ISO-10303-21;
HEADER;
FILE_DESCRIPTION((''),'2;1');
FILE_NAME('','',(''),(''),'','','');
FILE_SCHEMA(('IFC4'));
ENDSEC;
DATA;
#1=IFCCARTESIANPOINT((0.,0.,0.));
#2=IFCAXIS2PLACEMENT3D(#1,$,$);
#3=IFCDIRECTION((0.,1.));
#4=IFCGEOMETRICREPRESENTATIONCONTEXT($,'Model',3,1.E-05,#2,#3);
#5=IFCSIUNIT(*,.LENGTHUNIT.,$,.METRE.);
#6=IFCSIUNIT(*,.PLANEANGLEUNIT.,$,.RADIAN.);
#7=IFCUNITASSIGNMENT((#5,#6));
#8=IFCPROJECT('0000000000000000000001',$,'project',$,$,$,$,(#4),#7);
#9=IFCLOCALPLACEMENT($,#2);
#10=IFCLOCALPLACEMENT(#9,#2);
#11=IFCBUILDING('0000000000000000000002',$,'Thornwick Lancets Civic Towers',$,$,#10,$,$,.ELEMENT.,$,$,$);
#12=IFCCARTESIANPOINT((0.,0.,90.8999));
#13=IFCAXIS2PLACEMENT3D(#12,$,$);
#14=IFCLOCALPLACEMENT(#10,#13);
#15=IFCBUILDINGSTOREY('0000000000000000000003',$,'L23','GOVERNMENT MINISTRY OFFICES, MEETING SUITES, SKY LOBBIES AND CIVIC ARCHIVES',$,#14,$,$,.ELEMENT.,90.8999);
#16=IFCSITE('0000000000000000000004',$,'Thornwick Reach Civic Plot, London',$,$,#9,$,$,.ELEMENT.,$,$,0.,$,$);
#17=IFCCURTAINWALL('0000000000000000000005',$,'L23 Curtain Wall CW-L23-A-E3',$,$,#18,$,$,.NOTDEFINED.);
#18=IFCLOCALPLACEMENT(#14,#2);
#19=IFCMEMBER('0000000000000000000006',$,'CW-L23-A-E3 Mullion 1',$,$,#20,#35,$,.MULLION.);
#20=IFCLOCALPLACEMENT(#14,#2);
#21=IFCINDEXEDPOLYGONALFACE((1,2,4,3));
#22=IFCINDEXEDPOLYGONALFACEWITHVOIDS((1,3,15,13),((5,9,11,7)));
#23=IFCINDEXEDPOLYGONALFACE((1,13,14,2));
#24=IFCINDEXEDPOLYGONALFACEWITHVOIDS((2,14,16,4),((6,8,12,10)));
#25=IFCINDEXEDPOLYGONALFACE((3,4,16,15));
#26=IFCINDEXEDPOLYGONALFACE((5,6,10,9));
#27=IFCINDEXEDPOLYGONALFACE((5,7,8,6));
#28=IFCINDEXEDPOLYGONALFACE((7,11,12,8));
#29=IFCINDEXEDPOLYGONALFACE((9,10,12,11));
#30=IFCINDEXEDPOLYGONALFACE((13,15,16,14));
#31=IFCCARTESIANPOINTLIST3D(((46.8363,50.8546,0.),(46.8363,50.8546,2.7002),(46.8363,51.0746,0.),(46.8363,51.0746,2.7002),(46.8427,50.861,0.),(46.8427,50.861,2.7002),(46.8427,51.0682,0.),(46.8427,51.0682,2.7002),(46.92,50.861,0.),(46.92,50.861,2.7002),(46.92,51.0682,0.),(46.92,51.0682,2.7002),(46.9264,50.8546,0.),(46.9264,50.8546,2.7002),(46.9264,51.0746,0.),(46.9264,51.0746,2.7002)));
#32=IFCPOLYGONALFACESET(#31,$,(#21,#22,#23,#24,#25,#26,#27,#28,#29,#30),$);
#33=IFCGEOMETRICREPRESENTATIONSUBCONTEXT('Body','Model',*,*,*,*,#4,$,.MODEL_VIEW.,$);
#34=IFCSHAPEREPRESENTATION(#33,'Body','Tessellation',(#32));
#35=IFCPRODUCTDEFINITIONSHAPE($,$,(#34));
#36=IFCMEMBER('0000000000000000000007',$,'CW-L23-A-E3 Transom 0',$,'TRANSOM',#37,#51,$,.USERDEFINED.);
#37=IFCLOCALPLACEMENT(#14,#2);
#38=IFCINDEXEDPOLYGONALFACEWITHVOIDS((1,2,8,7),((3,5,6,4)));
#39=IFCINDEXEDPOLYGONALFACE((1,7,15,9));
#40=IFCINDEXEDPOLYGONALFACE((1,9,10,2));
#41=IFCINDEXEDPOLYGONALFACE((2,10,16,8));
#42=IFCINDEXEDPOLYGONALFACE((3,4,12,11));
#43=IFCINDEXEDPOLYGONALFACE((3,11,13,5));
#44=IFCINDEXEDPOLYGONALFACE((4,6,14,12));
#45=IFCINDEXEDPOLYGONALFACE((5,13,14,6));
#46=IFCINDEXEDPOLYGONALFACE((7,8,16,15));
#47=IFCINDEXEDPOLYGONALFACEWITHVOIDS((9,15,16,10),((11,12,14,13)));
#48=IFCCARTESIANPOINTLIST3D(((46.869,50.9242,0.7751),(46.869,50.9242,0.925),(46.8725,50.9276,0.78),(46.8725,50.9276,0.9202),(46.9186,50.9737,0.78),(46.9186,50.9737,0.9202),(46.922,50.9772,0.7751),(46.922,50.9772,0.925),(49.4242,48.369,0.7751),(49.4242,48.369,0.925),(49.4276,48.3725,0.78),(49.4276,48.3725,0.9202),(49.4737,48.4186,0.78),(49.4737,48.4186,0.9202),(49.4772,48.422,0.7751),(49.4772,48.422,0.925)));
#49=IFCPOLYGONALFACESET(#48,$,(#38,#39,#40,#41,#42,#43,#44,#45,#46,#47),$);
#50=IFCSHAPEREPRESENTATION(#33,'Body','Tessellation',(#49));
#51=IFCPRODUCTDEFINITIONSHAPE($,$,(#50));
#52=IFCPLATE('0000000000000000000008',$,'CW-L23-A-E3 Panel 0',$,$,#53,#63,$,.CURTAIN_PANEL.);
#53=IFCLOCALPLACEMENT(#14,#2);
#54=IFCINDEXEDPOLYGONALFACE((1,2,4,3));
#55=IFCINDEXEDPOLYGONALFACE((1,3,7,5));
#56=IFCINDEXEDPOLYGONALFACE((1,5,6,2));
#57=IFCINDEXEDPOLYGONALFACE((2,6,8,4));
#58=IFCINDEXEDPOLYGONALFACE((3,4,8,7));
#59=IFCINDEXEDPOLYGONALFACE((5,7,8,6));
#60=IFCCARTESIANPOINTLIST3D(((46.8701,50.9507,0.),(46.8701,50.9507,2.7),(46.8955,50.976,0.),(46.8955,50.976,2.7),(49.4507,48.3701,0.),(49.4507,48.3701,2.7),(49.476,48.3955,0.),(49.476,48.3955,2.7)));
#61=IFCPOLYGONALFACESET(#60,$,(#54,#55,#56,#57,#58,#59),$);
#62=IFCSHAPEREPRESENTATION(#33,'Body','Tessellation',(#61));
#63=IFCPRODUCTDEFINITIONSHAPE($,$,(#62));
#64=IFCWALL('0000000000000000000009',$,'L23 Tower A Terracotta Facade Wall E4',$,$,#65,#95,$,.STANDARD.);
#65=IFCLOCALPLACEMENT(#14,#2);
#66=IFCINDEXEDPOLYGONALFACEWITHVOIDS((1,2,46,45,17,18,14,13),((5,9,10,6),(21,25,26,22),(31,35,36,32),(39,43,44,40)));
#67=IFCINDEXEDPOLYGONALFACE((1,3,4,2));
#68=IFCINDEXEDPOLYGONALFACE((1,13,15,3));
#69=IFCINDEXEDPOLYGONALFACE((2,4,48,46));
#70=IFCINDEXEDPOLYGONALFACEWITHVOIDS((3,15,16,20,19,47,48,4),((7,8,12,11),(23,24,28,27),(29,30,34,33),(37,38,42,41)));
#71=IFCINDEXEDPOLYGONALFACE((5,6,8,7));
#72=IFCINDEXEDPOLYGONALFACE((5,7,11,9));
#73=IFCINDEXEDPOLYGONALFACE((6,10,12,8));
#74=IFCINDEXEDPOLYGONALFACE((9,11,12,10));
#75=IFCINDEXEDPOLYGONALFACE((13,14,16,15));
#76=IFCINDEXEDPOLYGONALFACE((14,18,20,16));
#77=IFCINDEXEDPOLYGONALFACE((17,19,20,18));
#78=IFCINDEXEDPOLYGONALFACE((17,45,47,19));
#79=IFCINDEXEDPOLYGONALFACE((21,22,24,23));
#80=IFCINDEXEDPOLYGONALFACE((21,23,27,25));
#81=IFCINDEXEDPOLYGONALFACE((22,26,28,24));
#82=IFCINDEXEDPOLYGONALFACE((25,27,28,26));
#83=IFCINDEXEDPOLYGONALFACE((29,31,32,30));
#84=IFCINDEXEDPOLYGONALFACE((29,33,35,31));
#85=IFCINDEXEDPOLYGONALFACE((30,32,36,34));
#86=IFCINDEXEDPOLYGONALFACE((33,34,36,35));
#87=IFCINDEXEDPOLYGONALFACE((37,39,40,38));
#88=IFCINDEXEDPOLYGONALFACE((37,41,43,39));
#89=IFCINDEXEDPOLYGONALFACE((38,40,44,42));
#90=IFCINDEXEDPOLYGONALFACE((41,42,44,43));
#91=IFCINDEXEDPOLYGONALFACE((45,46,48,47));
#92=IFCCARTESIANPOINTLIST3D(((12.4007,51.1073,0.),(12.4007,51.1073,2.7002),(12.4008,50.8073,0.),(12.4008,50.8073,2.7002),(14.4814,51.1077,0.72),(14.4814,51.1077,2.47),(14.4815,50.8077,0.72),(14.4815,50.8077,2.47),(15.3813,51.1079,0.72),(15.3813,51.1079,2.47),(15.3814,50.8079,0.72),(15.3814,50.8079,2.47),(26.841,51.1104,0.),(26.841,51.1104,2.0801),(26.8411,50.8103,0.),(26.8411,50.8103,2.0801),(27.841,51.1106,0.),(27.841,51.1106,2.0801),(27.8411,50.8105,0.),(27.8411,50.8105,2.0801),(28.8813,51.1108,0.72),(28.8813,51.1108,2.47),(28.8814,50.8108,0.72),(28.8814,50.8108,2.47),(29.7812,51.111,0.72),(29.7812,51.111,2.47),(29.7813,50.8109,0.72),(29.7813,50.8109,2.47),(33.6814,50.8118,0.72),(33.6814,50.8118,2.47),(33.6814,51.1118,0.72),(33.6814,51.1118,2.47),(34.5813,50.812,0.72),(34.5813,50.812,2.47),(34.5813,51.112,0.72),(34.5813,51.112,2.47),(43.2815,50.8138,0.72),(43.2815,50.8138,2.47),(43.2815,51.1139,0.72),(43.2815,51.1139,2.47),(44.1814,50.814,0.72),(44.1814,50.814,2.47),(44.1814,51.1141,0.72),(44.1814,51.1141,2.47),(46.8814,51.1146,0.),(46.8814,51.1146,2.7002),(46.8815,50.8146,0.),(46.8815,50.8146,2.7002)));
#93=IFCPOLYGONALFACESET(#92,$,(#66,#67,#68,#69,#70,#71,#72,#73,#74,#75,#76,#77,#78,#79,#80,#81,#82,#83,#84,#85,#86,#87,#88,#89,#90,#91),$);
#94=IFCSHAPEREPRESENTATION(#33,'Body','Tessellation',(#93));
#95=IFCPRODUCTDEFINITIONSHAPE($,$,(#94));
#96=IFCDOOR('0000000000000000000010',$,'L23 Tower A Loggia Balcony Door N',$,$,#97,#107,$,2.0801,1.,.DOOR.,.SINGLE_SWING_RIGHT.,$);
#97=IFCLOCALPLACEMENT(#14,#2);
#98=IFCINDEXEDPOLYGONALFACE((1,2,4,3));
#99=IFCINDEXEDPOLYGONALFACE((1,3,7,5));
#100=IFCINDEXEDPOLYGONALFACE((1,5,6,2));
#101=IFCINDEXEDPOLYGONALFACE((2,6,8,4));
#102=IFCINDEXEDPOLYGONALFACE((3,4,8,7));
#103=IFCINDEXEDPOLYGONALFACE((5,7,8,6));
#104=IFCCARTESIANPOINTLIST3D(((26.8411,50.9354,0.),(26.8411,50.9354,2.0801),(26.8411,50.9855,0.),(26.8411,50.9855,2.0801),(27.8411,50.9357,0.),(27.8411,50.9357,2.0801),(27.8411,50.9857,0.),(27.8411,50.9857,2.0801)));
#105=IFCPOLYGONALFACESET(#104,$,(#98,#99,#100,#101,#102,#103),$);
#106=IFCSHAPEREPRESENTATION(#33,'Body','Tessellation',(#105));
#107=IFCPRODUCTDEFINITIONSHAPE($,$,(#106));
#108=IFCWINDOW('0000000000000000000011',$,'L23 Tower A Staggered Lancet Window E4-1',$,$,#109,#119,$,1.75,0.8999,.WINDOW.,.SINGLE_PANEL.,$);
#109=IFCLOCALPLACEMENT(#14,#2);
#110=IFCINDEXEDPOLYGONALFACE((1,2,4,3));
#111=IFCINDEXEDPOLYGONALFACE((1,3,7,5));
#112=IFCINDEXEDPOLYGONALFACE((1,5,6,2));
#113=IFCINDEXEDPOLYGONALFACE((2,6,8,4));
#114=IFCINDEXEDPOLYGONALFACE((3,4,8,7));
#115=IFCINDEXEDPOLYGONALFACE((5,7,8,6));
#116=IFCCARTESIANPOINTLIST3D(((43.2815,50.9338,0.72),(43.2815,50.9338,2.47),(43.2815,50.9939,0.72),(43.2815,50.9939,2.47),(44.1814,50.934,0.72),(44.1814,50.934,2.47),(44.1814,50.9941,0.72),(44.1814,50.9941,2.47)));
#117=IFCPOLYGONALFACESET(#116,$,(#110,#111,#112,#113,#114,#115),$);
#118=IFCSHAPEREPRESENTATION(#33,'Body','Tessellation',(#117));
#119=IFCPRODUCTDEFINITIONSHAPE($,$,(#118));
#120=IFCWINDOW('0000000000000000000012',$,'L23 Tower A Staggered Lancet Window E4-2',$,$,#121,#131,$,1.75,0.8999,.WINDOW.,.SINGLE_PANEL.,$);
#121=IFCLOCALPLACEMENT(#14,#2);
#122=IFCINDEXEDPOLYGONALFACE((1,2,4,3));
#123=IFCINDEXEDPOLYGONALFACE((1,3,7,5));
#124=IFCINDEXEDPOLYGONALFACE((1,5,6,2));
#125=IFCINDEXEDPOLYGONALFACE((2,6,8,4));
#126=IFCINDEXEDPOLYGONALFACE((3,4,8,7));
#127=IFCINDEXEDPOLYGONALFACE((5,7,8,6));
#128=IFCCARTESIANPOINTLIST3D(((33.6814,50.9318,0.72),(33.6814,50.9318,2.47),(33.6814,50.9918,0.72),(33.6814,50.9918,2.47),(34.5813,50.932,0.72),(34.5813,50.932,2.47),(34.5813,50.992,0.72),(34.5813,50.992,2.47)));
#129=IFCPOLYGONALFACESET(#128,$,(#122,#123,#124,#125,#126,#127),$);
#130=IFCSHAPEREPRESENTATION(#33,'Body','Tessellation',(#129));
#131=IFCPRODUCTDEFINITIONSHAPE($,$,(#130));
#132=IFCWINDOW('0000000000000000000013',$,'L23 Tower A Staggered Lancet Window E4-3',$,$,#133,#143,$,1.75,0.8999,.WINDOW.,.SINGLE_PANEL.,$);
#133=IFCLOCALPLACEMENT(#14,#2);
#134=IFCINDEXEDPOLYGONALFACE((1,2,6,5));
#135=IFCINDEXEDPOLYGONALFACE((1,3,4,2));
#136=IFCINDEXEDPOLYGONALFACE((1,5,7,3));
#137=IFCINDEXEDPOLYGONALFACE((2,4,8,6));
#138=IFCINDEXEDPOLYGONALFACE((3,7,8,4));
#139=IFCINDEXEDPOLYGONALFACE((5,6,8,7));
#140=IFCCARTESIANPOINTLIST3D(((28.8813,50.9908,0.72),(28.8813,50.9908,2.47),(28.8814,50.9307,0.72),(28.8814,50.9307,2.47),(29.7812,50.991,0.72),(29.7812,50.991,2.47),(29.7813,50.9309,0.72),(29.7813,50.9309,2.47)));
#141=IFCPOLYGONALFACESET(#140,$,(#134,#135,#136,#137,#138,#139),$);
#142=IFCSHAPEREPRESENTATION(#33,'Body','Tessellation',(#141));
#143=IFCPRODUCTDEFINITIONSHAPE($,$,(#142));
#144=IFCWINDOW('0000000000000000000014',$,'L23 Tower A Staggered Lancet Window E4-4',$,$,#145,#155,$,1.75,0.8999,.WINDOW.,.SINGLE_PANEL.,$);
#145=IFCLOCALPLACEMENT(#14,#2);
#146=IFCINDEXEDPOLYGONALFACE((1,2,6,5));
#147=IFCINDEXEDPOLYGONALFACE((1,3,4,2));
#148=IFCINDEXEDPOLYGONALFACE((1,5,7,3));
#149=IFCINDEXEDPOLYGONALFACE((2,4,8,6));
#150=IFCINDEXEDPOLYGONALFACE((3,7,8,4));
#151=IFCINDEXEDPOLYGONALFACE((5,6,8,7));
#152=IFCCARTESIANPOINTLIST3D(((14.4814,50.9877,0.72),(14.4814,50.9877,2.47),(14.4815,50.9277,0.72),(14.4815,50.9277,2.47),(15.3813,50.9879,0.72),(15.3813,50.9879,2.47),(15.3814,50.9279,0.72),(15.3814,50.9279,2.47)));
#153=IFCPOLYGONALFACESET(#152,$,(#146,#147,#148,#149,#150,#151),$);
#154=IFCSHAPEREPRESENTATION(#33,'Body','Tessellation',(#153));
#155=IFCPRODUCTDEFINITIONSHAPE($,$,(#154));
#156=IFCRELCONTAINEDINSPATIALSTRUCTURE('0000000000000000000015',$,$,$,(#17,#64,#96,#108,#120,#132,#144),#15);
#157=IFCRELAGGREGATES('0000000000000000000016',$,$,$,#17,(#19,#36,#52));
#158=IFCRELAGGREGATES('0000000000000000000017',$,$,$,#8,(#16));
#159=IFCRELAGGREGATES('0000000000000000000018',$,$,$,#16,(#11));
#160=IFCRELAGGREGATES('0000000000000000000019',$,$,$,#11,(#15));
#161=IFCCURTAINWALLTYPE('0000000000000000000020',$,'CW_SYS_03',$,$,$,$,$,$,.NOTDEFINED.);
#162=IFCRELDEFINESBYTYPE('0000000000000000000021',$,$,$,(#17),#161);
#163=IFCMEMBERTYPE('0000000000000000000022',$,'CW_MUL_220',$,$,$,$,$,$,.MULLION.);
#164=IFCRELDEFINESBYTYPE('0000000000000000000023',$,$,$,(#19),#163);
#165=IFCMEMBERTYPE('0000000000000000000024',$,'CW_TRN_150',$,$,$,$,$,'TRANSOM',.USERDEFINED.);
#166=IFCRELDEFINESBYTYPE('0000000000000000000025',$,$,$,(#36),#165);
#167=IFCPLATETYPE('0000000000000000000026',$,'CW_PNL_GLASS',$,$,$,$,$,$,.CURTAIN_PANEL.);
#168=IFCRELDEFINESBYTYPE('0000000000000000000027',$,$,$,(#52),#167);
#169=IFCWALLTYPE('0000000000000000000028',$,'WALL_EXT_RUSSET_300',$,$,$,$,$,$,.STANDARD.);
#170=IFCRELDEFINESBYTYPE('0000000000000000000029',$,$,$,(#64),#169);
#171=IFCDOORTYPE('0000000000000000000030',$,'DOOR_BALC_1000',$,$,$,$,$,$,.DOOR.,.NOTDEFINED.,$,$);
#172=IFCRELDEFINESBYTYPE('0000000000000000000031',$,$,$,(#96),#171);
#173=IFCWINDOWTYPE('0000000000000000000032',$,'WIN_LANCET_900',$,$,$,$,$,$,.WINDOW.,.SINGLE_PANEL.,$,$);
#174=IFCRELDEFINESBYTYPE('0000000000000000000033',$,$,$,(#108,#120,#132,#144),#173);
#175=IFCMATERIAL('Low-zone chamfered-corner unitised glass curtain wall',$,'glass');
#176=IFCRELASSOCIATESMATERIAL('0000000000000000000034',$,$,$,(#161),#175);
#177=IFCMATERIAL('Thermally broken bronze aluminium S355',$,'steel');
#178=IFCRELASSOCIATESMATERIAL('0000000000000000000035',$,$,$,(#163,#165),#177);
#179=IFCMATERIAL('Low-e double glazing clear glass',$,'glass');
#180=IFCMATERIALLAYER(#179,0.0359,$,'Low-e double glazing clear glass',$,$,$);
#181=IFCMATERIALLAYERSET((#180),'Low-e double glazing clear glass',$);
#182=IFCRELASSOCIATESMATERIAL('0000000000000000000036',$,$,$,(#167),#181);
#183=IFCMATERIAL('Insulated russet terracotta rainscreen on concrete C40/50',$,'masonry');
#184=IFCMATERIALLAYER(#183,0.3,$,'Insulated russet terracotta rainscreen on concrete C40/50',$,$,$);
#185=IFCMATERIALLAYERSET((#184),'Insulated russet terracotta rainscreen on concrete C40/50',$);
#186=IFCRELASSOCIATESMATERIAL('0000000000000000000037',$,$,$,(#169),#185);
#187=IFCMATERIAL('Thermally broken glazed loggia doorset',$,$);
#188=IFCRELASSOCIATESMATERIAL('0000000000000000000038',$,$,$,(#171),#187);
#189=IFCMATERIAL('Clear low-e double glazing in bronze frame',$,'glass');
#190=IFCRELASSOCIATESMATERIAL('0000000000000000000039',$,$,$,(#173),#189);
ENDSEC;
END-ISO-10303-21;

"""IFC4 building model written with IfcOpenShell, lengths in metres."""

from ifc_helpers import new_model, si_unit, direction, frame, frame_2d, origin, origin_2d, place, context, subcontext, project, spatial, rectangle, hollow_rectangle, extrude, material, layer, layer_set, material_profile, profile_set, type_object, element, fill, aggregate, save


model = new_model("IFC4")

# Units and contexts
model_context = context("Model", 3, precision=1e-05, world=origin(), true_north=direction((0.0, 1.0)))
body_context = subcontext(model_context, "Body", "Model", "MODEL_VIEW")
ifc_project = project(units=[si_unit("LENGTHUNIT", "METRE"), si_unit("PLANEANGLEUNIT", "RADIAN")], contexts=[model_context])

# Site, building, storey
site_placement = place(None, origin())
site = spatial("IfcSite", under=ifc_project, at=site_placement, Name="Thornwick Reach Civic Plot, London", CompositionType="ELEMENT", RefElevation=0.0)
building_placement = place(site_placement, origin())
building = spatial("IfcBuilding", under=site, at=building_placement, Name="Thornwick Lancets Civic Towers", CompositionType="ELEMENT")
storey_placement = place(building_placement, frame((0.0, 0.0, 90.8999)))
storey = spatial("IfcBuildingStorey", under=building, at=storey_placement, Name="L23", Description="GOVERNMENT MINISTRY OFFICES, MEETING SUITES, SKY LOBBIES AND CIVIC ARCHIVES", CompositionType="ELEMENT", Elevation=90.8999)

# Curtain wall, members, plate
ifc_material_1 = material(Name="Low-zone chamfered-corner unitised glass curtain wall", Category="glass")
curtain_wall_type = type_object("IfcCurtainWallType", Name="CW_SYS_03", PredefinedType="NOTDEFINED", material=ifc_material_1)
curtain_wall_placement = place(storey_placement, origin())
curtain_wall = element("IfcCurtainWall", 1, at=curtain_wall_placement, inside=storey, type_object=curtain_wall_type, Name="L23 Curtain Wall CW-L23-A-E3", PredefinedType="NOTDEFINED")
ifc_material_2 = material(Name="Thermally broken bronze aluminium S355", Category="steel")
ifc_material_profile_1 = material_profile(ifc_material_2, hollow_rectangle(XDim=0.0901, YDim=0.22, WallThickness=0.0063, at=origin_2d()), Name="RHS 220x90x6.3")
ifc_profile_set_1 = profile_set([ifc_material_profile_1], Name="Thermally broken bronze aluminium S355")
member_type_1 = type_object("IfcMemberType", Name="CW_MUL_220", PredefinedType="MULLION", material=ifc_profile_set_1)
member_1_placement = place(storey_placement, frame((46.8813, 50.9646, 0.0), z_axis=(0.0, 0.0, 1.0), x_axis=(1.0, 0.0, 0.0)))
member_1 = element("IfcMember", 2, at=member_1_placement, type_object=member_type_1, Name="CW-L23-A-E3 Mullion 1", PredefinedType="MULLION", context=body_context, shape_type="SweptSolid", body=[
    extrude(hollow_rectangle(XDim=0.0901, YDim=0.22, WallThickness=0.0063, at=origin_2d()), origin(), (0.0, 0.0, 1.0), 2.7002),
])
ifc_material_profile_2 = material_profile(ifc_material_2, hollow_rectangle(XDim=0.075, YDim=0.1499, WallThickness=0.0049, at=origin_2d()), Name="RHS 150x75x5")
ifc_profile_set_2 = profile_set([ifc_material_profile_2], Name="Thermally broken bronze aluminium S355")
member_type_2 = type_object("IfcMemberType", Name="CW_TRN_150", ElementType="TRANSOM", PredefinedType="USERDEFINED", material=ifc_profile_set_2)
member_2_placement = place(storey_placement, frame((49.4507, 48.3955, 0.8501), z_axis=(-0.707107, 0.707107, 0.0), x_axis=(-0.707107, -0.707107, 0.0)))
member_2 = element("IfcMember", 3, at=member_2_placement, type_object=member_type_2, Name="CW-L23-A-E3 Transom 0", ObjectType="TRANSOM", PredefinedType="USERDEFINED", context=body_context, shape_type="SweptSolid", body=[
    extrude(hollow_rectangle(XDim=0.075, YDim=0.1499, WallThickness=0.0049, at=origin_2d()), origin(), (0.0, 0.0, 1.0), 3.6135),
])
ifc_material_3 = material(Name="Low-e double glazing clear glass", Category="glass")
ifc_layer_1 = layer(ifc_material_3, 0.0359, Name="Low-e double glazing clear glass")
ifc_layer_set_1 = layer_set([ifc_layer_1], Name="Low-e double glazing clear glass")
plate_type = type_object("IfcPlateType", Name="CW_PNL_GLASS", PredefinedType="CURTAIN_PANEL", material=ifc_layer_set_1)
plate_placement = place(storey_placement, frame((48.1731, 49.6731, 0.0), z_axis=(0.0, 0.0, 1.0), x_axis=(-0.707107, 0.707107, 0.0)))
plate = element("IfcPlate", 4, at=plate_placement, type_object=plate_type, Name="CW-L23-A-E3 Panel 0", PredefinedType="CURTAIN_PANEL", context=body_context, shape_type="SweptSolid", body=[
    extrude(rectangle(XDim=3.6494, YDim=0.0359, at=origin_2d()), origin(), (0.0, 0.0, 1.0), 2.7),
])
aggregate(curtain_wall, [member_1, member_2, plate])

# Wall, openings, door, windows
ifc_material_4 = material(Name="Insulated russet terracotta rainscreen on concrete C40/50", Category="masonry")
ifc_layer_2 = layer(ifc_material_4, 0.3, Name="Insulated russet terracotta rainscreen on concrete C40/50")
ifc_layer_set_2 = layer_set([ifc_layer_2], Name="Insulated russet terracotta rainscreen on concrete C40/50")
wall_type_1 = type_object("IfcWallType", Name="WALL_EXT_RUSSET_300", PredefinedType="STANDARD", material=ifc_layer_set_2)
wall_1_placement = place(storey_placement, frame((46.8813, 50.9646, 0.0), z_axis=(0.0, 0.0, 1.0), x_axis=(-1.0, -0.000212, 0.0)))
wall_1 = element("IfcWall", 5, at=wall_1_placement, inside=storey, type_object=wall_type_1, Name="L23 Tower A Terracotta Facade Wall E4", PredefinedType="STANDARD", context=body_context, shape_type="SweptSolid", body=[
    extrude(rectangle(XDim=34.4807, YDim=0.3, at=frame_2d((17.2402, 0.0))), origin(), (0.0, 0.0, 1.0), 2.7002),
])
opening_1_placement = place(wall_1_placement, frame((19.0403, 0.0, 0.0)))
opening_1 = element("IfcOpeningElement", 6, at=opening_1_placement, cuts=wall_1, PredefinedType="OPENING", context=body_context, shape_type="SweptSolid", body=[
    extrude(rectangle(XDim=1.0, YDim=2.0801, at=frame_2d((0.5, 1.04))), frame((0.0, 0.1602, 0.0), z_axis=(0.0, -1.0, 0.0), x_axis=(1.0, 0.0, 0.0)), (0.0, 0.0, 1.0), 0.3201),
])
opening_2_placement = place(wall_1_placement, frame((2.7, 0.0, 0.72)))
opening_2 = element("IfcOpeningElement", 7, at=opening_2_placement, cuts=wall_1, PredefinedType="OPENING", context=body_context, shape_type="SweptSolid", body=[
    extrude(rectangle(XDim=0.8999, YDim=1.75, at=frame_2d((0.45, 0.875))), frame((0.0, 0.1602, 0.0), z_axis=(0.0, -1.0, 0.0), x_axis=(1.0, 0.0, 0.0)), (0.0, 0.0, 1.0), 0.3201),
])
opening_3_placement = place(wall_1_placement, frame((12.3, 0.0, 0.72)))
opening_3 = element("IfcOpeningElement", 8, at=opening_3_placement, cuts=wall_1, PredefinedType="OPENING", context=body_context, shape_type="SweptSolid", body=[
    extrude(rectangle(XDim=0.8999, YDim=1.75, at=frame_2d((0.45, 0.875))), frame((0.0, 0.1602, 0.0), z_axis=(0.0, -1.0, 0.0), x_axis=(1.0, 0.0, 0.0)), (0.0, 0.0, 1.0), 0.3201),
])
opening_4_placement = place(wall_1_placement, frame((17.1001, 0.0, 0.72)))
opening_4 = element("IfcOpeningElement", 9, at=opening_4_placement, cuts=wall_1, PredefinedType="OPENING", context=body_context, shape_type="SweptSolid", body=[
    extrude(rectangle(XDim=0.8999, YDim=1.75, at=frame_2d((0.45, 0.875))), frame((0.0, 0.1602, 0.0), z_axis=(0.0, -1.0, 0.0), x_axis=(1.0, 0.0, 0.0)), (0.0, 0.0, 1.0), 0.3201),
])
opening_5_placement = place(wall_1_placement, frame((31.5, 0.0, 0.72)))
opening_5 = element("IfcOpeningElement", 10, at=opening_5_placement, cuts=wall_1, PredefinedType="OPENING", context=body_context, shape_type="SweptSolid", body=[
    extrude(rectangle(XDim=0.8999, YDim=1.75, at=frame_2d((0.45, 0.875))), frame((0.0, 0.1602, 0.0), z_axis=(0.0, -1.0, 0.0), x_axis=(1.0, 0.0, 0.0)), (0.0, 0.0, 1.0), 0.3201),
])
ifc_material_5 = material(Name="Thermally broken glazed loggia doorset")
door_type_1 = type_object("IfcDoorType", Name="DOOR_BALC_1000", OperationType="NOTDEFINED", PredefinedType="DOOR", material=ifc_material_5)
door_1_placement = place(opening_1_placement, origin())
door_1 = element("IfcDoor", 11, at=door_1_placement, inside=storey, type_object=door_type_1, Name="L23 Tower A Loggia Balcony Door N", OperationType="SINGLE_SWING_RIGHT", OverallHeight=2.0801, OverallWidth=1.0, PredefinedType="DOOR", context=body_context, shape_type="SweptSolid", body=[
    extrude(rectangle(XDim=1.0, YDim=2.0801, at=frame_2d((0.5, 1.04))), frame((0.0, 0.0249, 0.0), z_axis=(0.0, -1.0, 0.0), x_axis=(1.0, 0.0, 0.0)), (0.0, 0.0, 1.0), 0.05),
])
fill(opening_1, door_1)
ifc_material_6 = material(Name="Clear low-e double glazing in bronze frame", Category="glass")
window_type = type_object("IfcWindowType", Name="WIN_LANCET_900", PartitioningType="SINGLE_PANEL", PredefinedType="WINDOW", material=ifc_material_6)
window_1_placement = place(opening_2_placement, origin())
window_1 = element("IfcWindow", 12, at=window_1_placement, inside=storey, type_object=window_type, Name="L23 Tower A Staggered Lancet Window E4-1", OverallHeight=1.75, OverallWidth=0.8999, PartitioningType="SINGLE_PANEL", PredefinedType="WINDOW", context=body_context, shape_type="SweptSolid", body=[
    extrude(rectangle(XDim=0.8999, YDim=1.75, at=frame_2d((0.45, 0.875))), frame((0.0, 0.03, 0.0), z_axis=(0.0, -1.0, 0.0), x_axis=(1.0, 0.0, 0.0)), (0.0, 0.0, 1.0), 0.0601),
])
fill(opening_2, window_1)
window_2_placement = place(opening_3_placement, origin())
window_2 = element("IfcWindow", 13, at=window_2_placement, inside=storey, type_object=window_type, Name="L23 Tower A Staggered Lancet Window E4-2", OverallHeight=1.75, OverallWidth=0.8999, PartitioningType="SINGLE_PANEL", PredefinedType="WINDOW", context=body_context, shape_type="SweptSolid", body=[
    extrude(rectangle(XDim=0.8999, YDim=1.75, at=frame_2d((0.45, 0.875))), frame((0.0, 0.03, 0.0), z_axis=(0.0, -1.0, 0.0), x_axis=(1.0, 0.0, 0.0)), (0.0, 0.0, 1.0), 0.0601),
])
fill(opening_3, window_2)
window_3_placement = place(opening_4_placement, origin())
window_3 = element("IfcWindow", 14, at=window_3_placement, inside=storey, type_object=window_type, Name="L23 Tower A Staggered Lancet Window E4-3", OverallHeight=1.75, OverallWidth=0.8999, PartitioningType="SINGLE_PANEL", PredefinedType="WINDOW", context=body_context, shape_type="SweptSolid", body=[
    extrude(rectangle(XDim=0.8999, YDim=1.75, at=frame_2d((0.45, 0.875))), frame((0.0, 0.03, 0.0), z_axis=(0.0, -1.0, 0.0), x_axis=(1.0, 0.0, 0.0)), (0.0, 0.0, 1.0), 0.0601),
])
fill(opening_4, window_3)
window_4_placement = place(opening_5_placement, origin())
window_4 = element("IfcWindow", 15, at=window_4_placement, inside=storey, type_object=window_type, Name="L23 Tower A Staggered Lancet Window E4-4", OverallHeight=1.75, OverallWidth=0.8999, PartitioningType="SINGLE_PANEL", PredefinedType="WINDOW", context=body_context, shape_type="SweptSolid", body=[
    extrude(rectangle(XDim=0.8999, YDim=1.75, at=frame_2d((0.45, 0.875))), frame((0.0, 0.03, 0.0), z_axis=(0.0, -1.0, 0.0), x_axis=(1.0, 0.0, 0.0)), (0.0, 0.0, 1.0), 0.0601),
])
fill(opening_5, window_4)

save(model, "model.ifc")
